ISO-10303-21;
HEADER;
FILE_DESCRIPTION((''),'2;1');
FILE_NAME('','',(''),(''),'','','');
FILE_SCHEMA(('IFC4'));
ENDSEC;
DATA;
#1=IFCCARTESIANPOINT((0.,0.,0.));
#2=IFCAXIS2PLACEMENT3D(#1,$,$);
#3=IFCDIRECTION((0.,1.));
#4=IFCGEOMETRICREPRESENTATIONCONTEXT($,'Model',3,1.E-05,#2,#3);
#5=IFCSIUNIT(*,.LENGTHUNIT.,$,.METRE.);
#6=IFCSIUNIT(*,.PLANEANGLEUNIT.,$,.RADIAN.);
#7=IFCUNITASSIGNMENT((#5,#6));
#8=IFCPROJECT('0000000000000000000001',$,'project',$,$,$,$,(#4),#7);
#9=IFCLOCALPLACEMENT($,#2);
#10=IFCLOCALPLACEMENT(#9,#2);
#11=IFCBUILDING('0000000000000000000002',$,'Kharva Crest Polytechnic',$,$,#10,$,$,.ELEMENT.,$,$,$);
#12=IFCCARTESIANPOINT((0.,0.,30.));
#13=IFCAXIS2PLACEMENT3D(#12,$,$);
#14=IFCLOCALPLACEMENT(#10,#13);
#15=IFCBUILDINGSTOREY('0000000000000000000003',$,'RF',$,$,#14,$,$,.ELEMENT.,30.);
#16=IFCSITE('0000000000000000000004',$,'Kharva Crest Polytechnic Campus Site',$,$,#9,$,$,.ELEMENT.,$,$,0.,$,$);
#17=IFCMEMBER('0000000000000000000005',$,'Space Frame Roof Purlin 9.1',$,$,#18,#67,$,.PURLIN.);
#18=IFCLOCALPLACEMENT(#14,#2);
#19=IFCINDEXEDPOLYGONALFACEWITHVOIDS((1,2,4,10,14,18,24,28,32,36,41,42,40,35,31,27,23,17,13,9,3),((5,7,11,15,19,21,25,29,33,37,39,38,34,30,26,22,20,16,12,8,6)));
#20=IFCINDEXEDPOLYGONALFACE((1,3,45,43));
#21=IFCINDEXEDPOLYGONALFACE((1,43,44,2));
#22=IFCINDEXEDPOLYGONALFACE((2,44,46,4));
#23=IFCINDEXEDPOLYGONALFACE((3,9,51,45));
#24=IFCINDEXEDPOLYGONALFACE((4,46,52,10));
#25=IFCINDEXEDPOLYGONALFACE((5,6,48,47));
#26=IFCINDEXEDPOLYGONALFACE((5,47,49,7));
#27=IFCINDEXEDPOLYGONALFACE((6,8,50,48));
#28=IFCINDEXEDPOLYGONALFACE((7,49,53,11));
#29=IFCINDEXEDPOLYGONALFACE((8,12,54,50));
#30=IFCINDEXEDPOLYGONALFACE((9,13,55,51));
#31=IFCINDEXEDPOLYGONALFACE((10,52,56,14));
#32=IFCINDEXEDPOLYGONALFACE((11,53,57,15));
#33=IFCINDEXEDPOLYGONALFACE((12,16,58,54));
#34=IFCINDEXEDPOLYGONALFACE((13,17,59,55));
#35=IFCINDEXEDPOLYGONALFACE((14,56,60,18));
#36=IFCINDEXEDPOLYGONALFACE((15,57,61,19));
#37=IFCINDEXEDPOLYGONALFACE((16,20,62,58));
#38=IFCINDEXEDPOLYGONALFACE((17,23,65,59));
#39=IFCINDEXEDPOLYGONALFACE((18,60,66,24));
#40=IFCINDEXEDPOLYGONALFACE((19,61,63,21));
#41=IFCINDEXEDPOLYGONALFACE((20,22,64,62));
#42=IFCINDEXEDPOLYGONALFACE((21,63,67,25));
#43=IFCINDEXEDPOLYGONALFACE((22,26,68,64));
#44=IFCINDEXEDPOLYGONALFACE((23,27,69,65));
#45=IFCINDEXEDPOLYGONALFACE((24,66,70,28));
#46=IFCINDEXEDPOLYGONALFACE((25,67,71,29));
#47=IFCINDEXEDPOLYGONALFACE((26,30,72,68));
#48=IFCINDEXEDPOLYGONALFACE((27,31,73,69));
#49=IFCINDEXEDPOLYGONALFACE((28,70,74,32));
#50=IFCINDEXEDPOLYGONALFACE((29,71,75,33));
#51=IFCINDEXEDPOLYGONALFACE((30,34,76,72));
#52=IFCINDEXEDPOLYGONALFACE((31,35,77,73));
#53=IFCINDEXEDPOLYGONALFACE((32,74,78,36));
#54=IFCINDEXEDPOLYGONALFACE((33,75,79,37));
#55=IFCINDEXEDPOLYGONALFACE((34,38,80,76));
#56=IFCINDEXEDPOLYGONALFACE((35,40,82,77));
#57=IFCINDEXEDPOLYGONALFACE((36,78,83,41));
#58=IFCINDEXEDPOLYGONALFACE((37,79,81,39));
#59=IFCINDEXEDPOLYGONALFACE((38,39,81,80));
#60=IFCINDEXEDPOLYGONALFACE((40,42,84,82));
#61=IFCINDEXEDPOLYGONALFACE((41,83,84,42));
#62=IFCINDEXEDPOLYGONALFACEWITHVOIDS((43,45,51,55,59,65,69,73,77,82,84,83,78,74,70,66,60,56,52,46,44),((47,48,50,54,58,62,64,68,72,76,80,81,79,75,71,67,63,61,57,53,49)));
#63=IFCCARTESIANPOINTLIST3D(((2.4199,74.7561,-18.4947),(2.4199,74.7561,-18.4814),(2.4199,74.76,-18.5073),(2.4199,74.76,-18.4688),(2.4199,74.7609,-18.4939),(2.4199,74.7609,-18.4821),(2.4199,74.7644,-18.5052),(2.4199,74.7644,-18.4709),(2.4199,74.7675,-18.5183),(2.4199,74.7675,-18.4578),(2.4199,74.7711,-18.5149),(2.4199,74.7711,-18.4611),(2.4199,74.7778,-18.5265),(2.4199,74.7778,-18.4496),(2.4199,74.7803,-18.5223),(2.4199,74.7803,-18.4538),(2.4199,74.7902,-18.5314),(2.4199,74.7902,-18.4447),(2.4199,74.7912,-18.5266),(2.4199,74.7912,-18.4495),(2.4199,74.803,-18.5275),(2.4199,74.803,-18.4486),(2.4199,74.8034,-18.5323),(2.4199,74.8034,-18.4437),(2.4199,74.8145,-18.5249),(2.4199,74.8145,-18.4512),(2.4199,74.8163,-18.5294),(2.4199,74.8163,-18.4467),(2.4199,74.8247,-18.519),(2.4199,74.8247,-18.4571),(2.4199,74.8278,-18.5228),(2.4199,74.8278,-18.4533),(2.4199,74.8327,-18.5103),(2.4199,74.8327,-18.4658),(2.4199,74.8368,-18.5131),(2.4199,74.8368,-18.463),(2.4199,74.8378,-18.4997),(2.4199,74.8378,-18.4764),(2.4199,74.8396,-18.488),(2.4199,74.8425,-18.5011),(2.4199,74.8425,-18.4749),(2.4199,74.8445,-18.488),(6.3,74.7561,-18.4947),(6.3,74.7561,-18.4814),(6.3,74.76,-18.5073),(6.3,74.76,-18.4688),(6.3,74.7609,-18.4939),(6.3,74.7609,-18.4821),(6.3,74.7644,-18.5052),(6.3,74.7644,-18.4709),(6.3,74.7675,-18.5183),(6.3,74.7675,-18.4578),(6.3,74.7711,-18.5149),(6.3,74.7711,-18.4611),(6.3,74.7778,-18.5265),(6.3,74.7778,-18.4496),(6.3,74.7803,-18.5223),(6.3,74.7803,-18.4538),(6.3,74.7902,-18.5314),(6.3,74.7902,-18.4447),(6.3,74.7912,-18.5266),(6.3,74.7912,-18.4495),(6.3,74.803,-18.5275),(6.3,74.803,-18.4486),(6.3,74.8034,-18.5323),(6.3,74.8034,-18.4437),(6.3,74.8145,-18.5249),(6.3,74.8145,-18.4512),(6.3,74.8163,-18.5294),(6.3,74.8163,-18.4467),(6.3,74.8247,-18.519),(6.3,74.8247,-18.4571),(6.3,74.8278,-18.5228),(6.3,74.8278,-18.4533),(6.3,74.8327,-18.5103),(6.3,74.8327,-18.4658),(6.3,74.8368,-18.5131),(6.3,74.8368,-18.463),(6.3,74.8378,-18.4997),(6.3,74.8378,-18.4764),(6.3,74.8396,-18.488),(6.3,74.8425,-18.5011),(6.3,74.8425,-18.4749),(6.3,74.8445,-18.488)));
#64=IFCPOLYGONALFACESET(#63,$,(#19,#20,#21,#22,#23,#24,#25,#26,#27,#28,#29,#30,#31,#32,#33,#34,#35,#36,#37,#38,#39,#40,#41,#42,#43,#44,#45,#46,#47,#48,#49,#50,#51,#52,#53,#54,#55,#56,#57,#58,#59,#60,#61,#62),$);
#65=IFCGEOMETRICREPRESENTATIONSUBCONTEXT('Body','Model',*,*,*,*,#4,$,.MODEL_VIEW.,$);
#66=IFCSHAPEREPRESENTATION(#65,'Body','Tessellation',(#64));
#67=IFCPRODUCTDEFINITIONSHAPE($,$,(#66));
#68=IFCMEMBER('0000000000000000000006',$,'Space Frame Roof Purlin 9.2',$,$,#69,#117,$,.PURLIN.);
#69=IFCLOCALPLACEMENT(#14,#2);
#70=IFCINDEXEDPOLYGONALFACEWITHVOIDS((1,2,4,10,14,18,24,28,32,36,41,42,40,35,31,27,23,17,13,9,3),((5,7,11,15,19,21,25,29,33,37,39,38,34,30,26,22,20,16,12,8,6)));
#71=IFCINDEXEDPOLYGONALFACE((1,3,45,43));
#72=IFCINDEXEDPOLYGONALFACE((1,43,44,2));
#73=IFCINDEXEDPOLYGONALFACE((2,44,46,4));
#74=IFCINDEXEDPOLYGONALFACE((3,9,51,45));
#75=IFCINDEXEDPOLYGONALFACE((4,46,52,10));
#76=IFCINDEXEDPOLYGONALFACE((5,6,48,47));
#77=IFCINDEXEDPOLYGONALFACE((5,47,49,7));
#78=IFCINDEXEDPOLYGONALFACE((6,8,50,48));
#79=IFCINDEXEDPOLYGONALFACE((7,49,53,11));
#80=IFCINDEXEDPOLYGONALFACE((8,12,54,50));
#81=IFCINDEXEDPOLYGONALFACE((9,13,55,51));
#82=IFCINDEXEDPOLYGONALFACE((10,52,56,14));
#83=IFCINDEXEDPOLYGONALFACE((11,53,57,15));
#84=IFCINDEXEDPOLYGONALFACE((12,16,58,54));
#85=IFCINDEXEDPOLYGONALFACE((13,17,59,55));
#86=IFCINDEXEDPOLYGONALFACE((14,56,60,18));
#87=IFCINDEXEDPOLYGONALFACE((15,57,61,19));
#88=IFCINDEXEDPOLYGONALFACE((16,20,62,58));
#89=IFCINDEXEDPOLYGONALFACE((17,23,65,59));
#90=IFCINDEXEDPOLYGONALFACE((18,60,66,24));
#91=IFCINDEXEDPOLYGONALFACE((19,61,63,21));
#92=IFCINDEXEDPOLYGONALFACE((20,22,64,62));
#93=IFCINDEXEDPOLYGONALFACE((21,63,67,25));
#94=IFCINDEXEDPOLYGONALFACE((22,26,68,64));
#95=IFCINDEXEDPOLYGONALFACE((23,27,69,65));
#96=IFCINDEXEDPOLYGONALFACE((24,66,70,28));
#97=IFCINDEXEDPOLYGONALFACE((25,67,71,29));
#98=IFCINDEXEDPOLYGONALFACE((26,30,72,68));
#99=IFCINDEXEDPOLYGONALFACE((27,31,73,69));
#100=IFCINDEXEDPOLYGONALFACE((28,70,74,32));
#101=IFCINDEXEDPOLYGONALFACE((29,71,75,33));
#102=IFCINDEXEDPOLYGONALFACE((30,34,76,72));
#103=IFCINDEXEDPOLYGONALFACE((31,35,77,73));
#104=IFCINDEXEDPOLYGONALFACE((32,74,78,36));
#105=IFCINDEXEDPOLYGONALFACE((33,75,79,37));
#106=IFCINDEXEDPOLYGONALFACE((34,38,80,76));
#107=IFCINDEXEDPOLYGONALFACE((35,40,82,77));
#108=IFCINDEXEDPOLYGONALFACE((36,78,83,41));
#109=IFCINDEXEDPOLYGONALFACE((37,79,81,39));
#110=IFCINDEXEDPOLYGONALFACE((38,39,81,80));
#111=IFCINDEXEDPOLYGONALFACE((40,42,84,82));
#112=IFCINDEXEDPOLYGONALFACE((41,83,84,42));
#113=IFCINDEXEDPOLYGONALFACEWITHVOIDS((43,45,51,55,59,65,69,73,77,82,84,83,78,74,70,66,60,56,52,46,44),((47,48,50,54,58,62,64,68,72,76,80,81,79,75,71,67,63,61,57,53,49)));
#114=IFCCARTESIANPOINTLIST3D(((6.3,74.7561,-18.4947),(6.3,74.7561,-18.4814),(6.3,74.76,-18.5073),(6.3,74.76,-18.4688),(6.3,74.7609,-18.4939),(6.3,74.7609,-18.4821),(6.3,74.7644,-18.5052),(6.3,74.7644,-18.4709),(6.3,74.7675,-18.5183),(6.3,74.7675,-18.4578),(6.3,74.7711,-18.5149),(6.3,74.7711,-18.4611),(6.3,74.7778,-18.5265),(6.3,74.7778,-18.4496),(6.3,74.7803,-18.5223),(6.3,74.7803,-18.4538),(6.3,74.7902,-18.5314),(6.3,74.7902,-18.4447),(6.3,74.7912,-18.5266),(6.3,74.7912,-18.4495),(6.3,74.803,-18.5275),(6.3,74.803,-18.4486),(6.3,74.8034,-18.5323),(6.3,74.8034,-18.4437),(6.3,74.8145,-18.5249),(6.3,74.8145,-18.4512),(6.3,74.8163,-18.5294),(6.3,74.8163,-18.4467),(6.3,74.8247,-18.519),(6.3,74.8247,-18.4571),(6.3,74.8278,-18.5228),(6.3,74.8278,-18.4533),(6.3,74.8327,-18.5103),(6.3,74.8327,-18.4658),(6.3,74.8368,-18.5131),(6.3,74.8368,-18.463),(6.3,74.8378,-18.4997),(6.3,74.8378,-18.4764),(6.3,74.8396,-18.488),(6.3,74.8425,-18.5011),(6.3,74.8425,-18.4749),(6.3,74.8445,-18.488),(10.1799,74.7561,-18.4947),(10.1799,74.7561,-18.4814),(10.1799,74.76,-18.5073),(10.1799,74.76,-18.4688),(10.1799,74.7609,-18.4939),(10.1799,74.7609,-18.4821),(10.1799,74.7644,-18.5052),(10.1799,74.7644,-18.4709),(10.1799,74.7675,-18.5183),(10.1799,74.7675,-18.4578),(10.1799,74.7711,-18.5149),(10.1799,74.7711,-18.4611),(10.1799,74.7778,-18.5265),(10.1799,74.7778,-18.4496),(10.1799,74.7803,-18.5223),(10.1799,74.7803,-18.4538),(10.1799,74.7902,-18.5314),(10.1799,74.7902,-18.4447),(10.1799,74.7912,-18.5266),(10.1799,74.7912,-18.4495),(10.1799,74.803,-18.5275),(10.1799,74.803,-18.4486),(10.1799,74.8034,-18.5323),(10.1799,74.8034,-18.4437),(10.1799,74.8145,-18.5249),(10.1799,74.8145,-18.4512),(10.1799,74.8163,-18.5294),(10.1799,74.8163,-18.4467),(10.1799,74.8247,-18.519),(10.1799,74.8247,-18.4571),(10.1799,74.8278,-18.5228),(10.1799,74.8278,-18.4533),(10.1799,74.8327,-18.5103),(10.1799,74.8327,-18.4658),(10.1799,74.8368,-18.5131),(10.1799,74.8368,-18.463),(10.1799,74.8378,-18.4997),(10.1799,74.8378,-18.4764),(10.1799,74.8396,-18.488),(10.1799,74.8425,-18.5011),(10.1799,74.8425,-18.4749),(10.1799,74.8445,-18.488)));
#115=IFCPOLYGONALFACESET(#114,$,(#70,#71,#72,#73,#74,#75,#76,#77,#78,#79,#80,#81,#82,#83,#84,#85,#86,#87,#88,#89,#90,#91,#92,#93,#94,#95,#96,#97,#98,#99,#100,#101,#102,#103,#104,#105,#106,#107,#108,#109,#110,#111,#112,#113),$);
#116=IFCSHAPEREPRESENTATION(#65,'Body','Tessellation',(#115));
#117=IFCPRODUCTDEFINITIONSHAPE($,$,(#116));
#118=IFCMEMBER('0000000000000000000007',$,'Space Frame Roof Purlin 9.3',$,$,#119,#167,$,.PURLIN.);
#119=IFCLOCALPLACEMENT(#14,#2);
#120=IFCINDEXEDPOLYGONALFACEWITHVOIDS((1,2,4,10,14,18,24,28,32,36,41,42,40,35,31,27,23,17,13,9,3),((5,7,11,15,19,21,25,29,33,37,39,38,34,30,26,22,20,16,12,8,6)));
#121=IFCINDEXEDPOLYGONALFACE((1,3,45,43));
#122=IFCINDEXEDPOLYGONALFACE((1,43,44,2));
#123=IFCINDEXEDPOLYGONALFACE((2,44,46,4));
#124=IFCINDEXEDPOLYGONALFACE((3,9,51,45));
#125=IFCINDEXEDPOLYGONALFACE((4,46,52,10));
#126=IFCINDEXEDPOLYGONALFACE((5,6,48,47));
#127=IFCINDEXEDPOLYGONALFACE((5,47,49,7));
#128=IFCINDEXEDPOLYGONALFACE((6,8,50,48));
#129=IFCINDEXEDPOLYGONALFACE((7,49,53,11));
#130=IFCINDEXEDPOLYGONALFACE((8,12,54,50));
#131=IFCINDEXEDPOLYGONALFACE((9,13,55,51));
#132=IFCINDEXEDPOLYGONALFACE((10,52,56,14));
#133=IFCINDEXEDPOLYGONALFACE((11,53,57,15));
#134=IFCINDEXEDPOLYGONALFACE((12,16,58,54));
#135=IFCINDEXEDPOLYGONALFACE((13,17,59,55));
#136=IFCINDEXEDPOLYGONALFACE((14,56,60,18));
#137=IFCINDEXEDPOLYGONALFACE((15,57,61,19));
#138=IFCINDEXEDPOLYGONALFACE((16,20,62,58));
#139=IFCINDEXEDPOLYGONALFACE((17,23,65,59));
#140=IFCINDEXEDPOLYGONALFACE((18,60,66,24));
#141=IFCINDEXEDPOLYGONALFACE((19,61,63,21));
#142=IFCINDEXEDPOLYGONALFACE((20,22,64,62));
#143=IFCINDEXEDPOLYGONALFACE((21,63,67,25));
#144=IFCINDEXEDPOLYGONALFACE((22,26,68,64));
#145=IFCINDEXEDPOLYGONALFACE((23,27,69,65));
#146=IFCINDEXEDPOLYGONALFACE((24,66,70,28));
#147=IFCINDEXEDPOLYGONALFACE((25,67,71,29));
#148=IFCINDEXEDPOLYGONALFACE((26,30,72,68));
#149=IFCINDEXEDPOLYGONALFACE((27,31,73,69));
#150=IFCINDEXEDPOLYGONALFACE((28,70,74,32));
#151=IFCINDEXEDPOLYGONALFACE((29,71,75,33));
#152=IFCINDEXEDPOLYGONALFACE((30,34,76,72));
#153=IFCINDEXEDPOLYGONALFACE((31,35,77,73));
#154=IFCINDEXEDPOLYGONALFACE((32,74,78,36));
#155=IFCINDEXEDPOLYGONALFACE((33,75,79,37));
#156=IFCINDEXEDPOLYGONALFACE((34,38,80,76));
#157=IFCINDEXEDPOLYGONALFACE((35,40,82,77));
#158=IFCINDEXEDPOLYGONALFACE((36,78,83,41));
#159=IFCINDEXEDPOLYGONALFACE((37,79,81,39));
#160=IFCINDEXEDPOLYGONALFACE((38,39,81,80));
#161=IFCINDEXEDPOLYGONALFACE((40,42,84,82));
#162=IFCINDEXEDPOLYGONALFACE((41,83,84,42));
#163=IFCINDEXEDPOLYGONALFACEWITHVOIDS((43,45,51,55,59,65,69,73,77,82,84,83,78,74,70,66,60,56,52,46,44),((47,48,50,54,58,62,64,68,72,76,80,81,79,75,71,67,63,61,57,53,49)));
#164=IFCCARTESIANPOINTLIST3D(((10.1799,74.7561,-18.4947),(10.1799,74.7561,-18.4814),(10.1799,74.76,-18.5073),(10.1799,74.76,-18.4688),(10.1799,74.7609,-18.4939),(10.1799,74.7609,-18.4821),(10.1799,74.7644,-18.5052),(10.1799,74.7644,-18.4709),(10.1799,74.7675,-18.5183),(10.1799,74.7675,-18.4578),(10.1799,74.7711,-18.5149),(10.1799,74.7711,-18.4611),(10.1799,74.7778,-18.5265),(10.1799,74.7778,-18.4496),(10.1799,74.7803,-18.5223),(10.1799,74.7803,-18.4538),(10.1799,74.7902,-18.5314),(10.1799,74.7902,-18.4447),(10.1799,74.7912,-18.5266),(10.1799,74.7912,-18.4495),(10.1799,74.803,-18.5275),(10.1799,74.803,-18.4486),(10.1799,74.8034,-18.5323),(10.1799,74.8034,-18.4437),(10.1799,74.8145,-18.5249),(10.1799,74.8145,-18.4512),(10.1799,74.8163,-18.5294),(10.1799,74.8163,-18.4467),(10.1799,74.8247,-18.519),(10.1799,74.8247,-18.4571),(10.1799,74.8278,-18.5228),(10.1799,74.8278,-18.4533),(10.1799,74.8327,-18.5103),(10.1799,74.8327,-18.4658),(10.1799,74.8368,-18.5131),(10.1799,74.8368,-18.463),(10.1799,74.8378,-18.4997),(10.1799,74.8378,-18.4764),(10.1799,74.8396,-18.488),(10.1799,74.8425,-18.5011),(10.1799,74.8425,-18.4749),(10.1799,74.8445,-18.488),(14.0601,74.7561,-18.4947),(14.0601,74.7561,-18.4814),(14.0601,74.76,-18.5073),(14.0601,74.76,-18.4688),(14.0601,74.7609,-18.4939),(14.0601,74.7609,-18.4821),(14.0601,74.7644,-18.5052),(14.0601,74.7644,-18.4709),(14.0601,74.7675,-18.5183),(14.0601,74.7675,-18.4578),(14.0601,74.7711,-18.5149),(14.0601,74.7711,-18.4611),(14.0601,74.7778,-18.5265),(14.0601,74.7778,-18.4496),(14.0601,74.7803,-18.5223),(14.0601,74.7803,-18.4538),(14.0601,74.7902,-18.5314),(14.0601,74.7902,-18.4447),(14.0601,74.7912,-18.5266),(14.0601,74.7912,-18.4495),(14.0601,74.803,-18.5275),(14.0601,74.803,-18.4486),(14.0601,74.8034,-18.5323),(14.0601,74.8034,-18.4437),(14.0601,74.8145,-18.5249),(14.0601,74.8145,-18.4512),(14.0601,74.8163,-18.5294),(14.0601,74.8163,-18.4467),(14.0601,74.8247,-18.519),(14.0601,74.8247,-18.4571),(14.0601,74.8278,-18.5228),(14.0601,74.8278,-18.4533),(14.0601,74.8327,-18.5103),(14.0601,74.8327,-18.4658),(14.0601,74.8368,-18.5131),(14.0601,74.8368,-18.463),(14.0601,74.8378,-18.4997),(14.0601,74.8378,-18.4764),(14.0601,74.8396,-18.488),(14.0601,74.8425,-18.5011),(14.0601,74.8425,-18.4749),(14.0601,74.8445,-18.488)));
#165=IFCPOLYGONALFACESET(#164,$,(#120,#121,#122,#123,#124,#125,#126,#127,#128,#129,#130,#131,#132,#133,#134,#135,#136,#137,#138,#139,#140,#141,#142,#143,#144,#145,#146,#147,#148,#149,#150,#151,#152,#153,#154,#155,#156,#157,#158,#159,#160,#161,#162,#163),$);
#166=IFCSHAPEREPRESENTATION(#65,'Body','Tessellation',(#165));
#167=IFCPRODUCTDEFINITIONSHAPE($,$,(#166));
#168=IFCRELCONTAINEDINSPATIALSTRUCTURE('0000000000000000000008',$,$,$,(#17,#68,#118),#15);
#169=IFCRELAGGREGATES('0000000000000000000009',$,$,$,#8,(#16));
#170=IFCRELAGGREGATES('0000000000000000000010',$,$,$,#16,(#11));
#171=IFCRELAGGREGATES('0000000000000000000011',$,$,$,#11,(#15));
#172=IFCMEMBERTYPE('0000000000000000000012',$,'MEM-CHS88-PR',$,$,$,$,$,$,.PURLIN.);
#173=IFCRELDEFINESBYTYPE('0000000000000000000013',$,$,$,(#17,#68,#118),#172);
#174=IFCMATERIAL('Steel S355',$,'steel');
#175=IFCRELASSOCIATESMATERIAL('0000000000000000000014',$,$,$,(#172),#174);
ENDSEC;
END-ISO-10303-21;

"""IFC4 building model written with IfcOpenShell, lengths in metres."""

from ifc_helpers import new_model, si_unit, direction, frame, origin, origin_2d, place, context, subcontext, project, spatial, hollow_circle, extrude, material, material_profile, profile_set, type_object, element, save


model = new_model("IFC4")

# Units and contexts
model_context = context("Model", 3, precision=1e-05, world=origin(), true_north=direction((0.0, 1.0)))
body_context = subcontext(model_context, "Body", "Model", "MODEL_VIEW")
ifc_project = project(units=[si_unit("LENGTHUNIT", "METRE"), si_unit("PLANEANGLEUNIT", "RADIAN")], contexts=[model_context])

# Site, building, storey
site_placement = place(None, origin())
site = spatial("IfcSite", under=ifc_project, at=site_placement, Name="Kharva Crest Polytechnic Campus Site", CompositionType="ELEMENT", RefElevation=0.0)
building_placement = place(site_placement, origin())
building = spatial("IfcBuilding", under=site, at=building_placement, Name="Kharva Crest Polytechnic", CompositionType="ELEMENT")
storey_placement = place(building_placement, frame((0.0, 0.0, 30.0)))
storey = spatial("IfcBuildingStorey", under=building, at=storey_placement, Name="RF", CompositionType="ELEMENT", Elevation=30.0)

# Members
ifc_material = material(Name="Steel S355", Category="steel")
ifc_material_profile = material_profile(ifc_material, hollow_circle(Radius=0.0444, WallThickness=0.0049, at=origin_2d()), Name="CHS 88.9X5.0")
ifc_profile_set = profile_set([ifc_material_profile], Name="Steel S355")
member_type = type_object("IfcMemberType", Name="MEM-CHS88-PR", PredefinedType="PURLIN", material=ifc_profile_set)
for number, where, z_axis, x_axis, name in (
    (1, (2.4199, 74.8, -18.488), (1.0, 0.0, 0.0), (0.0, 1.0, 0.0), "Space Frame Roof Purlin 9.1"),
):
    element("IfcMember", number, at=place(storey_placement, frame(where, z_axis=z_axis, x_axis=x_axis)), inside=storey, type_object=member_type, Name=name, PredefinedType="PURLIN", context=body_context, shape_type="SweptSolid", body=[
        extrude(hollow_circle(Radius=0.0444, WallThickness=0.0049, at=origin_2d()), origin(), (0.0, 0.0, 1.0), 3.8801),
    ])
member_1_placement = place(storey_placement, frame((6.3, 74.8, -18.488), z_axis=(1.0, 0.0, 0.0), x_axis=(0.0, 1.0, 0.0)))
element("IfcMember", 2, at=member_1_placement, inside=storey, type_object=member_type, Name="Space Frame Roof Purlin 9.2", PredefinedType="PURLIN", context=body_context, shape_type="SweptSolid", body=[
    extrude(hollow_circle(Radius=0.0444, WallThickness=0.0049, at=origin_2d()), origin(), (0.0, 0.0, 1.0), 3.8799),
])
for number, where, z_axis, x_axis, name in (
    (3, (10.1799, 74.8, -18.488), (1.0, 0.0, 0.0), (0.0, 1.0, 0.0), "Space Frame Roof Purlin 9.3"),
):
    element("IfcMember", number, at=place(storey_placement, frame(where, z_axis=z_axis, x_axis=x_axis)), inside=storey, type_object=member_type, Name=name, PredefinedType="PURLIN", context=body_context, shape_type="SweptSolid", body=[
        extrude(hollow_circle(Radius=0.0444, WallThickness=0.0049, at=origin_2d()), origin(), (0.0, 0.0, 1.0), 3.8801),
    ])

save(model, "model.ifc")
